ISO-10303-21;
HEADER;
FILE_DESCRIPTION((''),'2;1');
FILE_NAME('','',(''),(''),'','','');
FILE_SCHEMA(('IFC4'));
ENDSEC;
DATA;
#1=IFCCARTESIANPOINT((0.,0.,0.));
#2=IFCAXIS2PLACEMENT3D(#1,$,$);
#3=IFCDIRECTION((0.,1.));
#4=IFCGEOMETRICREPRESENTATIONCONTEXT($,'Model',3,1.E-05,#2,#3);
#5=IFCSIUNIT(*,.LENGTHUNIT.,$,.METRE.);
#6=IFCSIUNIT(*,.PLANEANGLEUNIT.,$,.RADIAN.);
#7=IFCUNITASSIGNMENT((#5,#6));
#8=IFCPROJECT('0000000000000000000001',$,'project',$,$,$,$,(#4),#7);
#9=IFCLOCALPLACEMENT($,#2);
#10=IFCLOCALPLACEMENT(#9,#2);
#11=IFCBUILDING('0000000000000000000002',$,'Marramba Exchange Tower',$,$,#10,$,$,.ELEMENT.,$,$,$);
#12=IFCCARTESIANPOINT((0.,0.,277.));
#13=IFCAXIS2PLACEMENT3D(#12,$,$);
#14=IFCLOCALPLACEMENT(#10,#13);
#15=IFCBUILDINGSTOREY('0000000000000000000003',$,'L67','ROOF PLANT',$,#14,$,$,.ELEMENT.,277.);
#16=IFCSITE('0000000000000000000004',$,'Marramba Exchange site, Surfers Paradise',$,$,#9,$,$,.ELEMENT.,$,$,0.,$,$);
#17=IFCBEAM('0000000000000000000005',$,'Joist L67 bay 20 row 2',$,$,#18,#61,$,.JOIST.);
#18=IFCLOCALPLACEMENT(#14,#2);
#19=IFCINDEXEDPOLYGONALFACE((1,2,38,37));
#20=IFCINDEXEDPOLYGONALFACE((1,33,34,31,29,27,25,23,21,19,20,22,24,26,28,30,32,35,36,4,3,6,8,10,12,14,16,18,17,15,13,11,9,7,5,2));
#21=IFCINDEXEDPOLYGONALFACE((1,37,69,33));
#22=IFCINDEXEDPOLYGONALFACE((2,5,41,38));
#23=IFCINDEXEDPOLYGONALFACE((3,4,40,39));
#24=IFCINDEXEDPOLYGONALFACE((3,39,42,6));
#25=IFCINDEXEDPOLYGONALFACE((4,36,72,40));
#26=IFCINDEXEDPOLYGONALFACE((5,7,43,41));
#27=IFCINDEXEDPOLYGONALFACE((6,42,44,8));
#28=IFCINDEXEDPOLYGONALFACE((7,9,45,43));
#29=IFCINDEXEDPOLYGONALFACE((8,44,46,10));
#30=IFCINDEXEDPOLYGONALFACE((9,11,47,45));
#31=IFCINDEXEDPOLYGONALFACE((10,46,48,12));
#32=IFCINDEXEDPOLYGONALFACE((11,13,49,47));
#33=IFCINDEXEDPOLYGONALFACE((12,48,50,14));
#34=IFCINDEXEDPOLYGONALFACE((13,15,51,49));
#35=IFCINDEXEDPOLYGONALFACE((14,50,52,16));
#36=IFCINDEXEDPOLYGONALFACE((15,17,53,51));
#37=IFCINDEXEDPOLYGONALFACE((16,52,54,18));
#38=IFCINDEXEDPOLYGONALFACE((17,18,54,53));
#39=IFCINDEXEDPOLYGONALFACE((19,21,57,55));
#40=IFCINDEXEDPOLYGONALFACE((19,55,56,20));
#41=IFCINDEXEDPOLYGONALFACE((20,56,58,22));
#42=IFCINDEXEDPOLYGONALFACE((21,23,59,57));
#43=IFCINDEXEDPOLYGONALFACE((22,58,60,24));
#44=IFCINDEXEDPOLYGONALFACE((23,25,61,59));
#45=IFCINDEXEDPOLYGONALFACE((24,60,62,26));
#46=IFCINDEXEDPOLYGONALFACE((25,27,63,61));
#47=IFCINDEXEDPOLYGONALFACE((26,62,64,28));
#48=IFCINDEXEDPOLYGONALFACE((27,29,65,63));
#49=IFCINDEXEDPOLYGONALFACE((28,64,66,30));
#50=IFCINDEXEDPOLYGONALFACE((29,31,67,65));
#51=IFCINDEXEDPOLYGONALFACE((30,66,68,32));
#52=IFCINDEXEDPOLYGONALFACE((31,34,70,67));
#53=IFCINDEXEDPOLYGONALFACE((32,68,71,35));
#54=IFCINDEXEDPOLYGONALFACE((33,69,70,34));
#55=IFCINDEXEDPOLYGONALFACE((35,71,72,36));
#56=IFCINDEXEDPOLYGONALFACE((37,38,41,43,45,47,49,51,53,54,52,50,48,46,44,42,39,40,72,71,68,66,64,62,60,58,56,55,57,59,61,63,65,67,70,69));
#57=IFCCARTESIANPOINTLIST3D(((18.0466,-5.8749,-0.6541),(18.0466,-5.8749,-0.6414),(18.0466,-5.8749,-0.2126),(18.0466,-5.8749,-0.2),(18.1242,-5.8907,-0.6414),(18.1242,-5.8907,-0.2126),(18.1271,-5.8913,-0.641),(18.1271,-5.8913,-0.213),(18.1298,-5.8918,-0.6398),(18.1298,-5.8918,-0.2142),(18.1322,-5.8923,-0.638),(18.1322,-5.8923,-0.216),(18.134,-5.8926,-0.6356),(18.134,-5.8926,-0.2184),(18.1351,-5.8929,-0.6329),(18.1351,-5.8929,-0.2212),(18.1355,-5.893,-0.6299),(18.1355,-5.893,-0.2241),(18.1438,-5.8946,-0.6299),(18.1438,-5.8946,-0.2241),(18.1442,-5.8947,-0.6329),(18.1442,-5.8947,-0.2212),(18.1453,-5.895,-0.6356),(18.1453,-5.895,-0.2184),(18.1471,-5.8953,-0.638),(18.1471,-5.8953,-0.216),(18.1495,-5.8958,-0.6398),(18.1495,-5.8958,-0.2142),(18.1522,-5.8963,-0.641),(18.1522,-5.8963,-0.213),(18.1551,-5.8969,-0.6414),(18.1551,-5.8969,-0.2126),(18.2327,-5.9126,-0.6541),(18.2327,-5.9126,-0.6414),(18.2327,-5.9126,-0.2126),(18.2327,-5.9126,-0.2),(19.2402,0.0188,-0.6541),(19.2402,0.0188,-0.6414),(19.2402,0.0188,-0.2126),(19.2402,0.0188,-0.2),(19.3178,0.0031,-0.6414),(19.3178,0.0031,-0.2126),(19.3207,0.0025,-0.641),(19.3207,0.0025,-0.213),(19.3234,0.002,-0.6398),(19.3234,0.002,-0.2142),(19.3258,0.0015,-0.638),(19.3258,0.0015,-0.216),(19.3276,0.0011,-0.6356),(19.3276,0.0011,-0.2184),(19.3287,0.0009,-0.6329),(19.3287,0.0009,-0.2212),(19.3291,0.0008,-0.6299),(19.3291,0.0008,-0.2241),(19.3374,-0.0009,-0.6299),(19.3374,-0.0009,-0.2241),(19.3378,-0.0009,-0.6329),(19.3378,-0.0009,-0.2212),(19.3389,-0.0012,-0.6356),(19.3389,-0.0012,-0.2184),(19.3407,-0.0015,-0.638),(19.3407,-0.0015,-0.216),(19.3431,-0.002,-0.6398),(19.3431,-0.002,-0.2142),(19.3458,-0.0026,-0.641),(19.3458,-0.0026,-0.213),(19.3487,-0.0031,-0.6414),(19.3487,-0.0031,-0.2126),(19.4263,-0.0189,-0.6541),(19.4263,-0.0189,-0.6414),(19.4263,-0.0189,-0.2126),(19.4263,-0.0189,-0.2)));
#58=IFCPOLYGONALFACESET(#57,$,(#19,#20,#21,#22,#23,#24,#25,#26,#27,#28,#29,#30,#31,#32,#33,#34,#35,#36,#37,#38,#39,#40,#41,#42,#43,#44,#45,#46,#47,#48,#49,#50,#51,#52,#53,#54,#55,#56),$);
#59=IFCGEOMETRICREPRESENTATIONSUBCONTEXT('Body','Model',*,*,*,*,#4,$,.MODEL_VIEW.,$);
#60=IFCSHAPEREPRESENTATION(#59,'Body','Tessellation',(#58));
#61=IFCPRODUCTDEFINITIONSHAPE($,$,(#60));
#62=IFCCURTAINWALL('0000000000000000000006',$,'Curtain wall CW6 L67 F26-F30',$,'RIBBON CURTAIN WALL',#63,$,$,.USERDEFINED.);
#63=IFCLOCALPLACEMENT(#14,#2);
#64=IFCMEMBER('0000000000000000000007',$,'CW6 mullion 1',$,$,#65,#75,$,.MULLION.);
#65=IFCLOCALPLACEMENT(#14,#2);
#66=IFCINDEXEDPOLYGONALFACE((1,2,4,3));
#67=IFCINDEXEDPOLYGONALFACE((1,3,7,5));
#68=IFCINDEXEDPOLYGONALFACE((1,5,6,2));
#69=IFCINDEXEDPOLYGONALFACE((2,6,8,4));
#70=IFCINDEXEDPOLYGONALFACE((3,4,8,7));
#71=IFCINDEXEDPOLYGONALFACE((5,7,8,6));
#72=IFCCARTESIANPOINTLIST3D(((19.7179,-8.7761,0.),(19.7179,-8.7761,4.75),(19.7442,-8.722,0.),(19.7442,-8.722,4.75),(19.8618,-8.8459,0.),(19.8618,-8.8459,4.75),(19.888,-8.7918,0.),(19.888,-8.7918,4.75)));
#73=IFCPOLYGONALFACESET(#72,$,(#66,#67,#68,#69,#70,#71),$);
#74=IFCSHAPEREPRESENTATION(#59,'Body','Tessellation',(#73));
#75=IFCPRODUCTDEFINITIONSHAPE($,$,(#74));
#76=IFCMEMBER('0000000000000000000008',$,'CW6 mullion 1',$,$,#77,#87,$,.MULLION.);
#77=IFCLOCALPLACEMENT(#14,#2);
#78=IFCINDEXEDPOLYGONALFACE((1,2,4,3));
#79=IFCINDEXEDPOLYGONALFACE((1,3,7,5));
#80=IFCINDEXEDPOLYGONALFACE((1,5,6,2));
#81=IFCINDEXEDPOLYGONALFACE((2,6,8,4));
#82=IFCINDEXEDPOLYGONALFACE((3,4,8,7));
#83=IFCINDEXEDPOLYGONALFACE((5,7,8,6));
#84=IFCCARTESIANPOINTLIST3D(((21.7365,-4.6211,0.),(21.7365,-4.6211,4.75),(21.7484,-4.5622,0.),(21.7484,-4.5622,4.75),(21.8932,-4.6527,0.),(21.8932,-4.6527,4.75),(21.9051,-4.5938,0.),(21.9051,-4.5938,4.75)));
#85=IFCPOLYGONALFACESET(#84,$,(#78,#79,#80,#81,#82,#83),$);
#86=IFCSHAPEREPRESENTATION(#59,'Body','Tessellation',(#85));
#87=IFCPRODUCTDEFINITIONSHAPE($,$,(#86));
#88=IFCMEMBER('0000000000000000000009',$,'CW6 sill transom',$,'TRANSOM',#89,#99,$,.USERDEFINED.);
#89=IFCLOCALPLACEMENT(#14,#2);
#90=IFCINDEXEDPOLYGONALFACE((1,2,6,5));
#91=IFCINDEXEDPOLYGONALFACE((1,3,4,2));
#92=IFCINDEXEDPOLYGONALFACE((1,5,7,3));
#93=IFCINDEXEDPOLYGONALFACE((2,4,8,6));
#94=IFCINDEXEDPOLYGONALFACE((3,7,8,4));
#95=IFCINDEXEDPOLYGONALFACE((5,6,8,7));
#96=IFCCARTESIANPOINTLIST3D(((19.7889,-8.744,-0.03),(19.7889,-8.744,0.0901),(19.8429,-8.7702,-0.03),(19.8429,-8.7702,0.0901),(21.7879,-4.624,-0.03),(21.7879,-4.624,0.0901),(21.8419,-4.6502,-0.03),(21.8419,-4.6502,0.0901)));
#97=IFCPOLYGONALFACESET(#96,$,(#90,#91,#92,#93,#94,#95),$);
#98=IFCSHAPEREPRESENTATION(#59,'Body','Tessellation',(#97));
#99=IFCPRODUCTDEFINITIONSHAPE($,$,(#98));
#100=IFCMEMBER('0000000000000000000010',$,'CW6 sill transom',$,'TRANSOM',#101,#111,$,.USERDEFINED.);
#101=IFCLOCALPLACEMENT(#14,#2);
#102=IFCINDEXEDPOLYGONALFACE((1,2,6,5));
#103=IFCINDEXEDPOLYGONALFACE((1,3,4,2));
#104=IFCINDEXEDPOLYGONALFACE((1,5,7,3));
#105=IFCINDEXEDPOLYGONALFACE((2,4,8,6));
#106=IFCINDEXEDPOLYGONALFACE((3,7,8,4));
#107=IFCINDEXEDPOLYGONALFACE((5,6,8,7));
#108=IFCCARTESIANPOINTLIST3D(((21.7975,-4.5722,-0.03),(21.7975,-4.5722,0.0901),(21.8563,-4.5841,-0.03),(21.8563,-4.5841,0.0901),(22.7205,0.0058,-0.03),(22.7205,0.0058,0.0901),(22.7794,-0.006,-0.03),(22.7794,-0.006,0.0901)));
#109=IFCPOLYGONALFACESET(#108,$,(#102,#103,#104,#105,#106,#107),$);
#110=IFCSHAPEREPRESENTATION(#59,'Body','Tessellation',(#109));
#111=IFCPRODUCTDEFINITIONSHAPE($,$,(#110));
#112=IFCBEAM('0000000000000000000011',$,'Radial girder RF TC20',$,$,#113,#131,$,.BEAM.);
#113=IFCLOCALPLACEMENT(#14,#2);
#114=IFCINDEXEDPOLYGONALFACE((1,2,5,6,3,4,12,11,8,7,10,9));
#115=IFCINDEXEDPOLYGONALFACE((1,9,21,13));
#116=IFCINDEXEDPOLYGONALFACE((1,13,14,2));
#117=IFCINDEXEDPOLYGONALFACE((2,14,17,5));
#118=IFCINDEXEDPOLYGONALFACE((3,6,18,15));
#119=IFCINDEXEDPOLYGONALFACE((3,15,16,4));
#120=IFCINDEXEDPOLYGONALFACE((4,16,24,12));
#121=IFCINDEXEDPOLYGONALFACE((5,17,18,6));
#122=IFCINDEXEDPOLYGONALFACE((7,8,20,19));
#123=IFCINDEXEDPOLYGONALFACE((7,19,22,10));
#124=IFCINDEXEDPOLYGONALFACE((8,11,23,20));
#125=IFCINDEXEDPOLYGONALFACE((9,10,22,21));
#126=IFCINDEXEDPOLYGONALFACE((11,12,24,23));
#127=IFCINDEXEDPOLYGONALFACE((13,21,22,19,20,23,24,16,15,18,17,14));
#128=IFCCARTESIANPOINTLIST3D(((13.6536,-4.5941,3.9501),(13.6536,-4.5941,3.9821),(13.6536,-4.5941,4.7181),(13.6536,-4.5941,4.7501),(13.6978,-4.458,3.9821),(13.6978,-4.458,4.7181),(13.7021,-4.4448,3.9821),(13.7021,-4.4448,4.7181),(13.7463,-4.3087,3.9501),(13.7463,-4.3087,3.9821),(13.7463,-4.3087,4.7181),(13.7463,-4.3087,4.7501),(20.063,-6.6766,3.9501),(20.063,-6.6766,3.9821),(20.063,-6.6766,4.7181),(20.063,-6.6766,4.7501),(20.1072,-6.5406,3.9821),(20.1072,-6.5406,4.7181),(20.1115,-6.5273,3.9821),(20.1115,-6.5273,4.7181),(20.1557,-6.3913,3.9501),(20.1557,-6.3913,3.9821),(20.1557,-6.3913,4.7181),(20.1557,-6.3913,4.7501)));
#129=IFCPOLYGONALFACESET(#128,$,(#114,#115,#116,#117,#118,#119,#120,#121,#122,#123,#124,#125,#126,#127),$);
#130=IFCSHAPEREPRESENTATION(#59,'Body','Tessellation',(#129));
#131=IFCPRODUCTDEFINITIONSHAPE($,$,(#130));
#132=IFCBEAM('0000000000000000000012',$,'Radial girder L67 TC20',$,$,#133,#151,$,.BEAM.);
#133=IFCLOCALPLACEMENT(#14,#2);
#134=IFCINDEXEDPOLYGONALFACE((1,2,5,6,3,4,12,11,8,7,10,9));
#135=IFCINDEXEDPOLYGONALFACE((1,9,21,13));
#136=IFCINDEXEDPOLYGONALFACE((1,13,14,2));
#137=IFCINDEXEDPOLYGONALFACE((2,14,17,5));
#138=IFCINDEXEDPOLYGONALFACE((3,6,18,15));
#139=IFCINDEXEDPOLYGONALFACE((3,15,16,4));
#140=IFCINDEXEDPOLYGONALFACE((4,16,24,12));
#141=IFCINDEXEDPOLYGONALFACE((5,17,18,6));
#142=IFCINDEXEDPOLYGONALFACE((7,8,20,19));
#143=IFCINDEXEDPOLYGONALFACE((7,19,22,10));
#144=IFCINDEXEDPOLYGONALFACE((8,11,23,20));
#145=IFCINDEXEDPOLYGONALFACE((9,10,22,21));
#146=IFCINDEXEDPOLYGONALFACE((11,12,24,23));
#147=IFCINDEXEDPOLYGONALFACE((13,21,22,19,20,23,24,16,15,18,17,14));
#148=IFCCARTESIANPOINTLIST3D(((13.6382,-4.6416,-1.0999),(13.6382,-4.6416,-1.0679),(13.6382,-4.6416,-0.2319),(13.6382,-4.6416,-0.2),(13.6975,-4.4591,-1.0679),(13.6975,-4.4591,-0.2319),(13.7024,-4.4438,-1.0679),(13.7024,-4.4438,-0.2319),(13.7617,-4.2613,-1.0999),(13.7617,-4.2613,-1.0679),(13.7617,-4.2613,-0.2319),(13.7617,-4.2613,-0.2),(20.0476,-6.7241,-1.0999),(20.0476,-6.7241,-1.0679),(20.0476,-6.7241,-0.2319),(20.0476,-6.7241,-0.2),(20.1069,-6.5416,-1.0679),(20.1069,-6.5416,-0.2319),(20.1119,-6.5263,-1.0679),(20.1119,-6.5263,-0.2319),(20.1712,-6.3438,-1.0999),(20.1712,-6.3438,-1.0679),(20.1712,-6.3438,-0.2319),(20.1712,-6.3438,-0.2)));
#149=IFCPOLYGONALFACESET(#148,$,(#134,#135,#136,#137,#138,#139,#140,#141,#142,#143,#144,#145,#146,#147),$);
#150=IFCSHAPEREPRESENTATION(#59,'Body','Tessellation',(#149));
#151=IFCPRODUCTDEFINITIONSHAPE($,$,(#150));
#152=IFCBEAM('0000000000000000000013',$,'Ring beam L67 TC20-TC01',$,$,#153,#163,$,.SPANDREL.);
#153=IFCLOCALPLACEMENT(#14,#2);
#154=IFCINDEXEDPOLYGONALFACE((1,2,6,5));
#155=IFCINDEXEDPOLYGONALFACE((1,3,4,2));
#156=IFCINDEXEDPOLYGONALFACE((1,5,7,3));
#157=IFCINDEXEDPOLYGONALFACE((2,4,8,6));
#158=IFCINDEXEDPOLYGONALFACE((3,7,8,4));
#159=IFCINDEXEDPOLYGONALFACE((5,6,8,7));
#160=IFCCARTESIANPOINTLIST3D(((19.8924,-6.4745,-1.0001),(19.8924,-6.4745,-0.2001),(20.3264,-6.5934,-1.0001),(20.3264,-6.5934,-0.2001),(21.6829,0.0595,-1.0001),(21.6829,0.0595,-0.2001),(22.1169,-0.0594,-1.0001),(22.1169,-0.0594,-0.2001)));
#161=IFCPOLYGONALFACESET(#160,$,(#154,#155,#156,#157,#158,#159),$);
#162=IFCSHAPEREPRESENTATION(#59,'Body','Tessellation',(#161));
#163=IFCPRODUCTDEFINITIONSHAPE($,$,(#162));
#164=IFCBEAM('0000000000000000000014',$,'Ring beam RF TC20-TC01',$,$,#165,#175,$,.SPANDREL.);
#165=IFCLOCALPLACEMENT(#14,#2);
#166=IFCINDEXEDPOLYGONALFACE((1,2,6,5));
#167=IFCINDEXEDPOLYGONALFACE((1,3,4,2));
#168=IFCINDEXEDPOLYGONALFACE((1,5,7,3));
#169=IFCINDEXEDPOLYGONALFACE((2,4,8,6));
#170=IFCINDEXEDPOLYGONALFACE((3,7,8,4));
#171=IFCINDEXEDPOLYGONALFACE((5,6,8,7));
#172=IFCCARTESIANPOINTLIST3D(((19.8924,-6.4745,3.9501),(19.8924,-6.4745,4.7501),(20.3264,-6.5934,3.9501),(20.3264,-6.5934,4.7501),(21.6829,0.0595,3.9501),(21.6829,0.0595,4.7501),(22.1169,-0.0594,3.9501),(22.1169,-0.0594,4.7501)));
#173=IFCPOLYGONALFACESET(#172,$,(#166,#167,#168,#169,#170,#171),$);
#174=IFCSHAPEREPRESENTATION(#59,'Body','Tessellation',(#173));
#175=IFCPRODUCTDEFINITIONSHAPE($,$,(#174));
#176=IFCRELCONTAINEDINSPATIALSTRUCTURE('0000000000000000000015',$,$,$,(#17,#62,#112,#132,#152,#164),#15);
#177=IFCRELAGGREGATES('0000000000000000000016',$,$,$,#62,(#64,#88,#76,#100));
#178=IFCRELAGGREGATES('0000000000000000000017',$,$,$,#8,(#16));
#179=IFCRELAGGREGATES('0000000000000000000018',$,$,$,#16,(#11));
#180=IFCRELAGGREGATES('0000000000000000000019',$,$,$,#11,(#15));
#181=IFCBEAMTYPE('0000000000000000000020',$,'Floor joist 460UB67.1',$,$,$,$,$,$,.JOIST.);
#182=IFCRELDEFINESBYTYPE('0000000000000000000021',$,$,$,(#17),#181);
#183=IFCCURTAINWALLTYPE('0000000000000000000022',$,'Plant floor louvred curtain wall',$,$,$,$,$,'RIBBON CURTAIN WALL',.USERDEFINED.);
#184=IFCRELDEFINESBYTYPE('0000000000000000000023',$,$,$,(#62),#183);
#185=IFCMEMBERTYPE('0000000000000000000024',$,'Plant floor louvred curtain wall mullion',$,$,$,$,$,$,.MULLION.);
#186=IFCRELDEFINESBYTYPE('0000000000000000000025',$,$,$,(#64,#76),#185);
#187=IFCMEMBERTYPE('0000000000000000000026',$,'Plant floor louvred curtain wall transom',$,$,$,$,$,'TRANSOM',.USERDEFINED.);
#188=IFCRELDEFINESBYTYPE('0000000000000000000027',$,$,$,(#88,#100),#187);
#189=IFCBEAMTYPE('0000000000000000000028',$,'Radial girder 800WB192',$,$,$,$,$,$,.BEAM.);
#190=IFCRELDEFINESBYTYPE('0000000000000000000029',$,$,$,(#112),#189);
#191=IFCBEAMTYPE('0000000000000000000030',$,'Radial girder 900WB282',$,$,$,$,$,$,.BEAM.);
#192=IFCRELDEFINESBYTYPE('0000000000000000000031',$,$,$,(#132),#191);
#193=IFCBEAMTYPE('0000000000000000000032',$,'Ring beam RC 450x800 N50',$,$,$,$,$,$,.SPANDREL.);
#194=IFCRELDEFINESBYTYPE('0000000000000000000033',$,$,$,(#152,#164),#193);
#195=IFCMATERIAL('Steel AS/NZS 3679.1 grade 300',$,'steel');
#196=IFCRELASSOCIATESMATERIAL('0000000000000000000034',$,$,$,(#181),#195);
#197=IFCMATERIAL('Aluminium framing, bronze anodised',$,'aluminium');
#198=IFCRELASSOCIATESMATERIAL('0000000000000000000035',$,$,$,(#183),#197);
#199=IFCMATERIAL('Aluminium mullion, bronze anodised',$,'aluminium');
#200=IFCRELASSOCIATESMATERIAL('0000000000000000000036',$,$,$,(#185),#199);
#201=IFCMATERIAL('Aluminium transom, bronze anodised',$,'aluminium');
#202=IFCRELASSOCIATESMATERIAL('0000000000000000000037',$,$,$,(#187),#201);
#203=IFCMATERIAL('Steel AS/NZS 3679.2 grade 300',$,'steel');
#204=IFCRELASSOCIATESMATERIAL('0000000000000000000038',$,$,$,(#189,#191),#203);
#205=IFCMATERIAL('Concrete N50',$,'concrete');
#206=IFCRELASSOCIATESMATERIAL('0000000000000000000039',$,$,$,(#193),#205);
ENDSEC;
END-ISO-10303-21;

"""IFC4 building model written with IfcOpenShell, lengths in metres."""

from ifc_helpers import new_model, si_unit, direction, frame, origin, origin_2d, place, context, subcontext, project, spatial, rectangle, i_section, extrude, material, material_profile, profile_set, type_object, element, aggregate, save


model = new_model("IFC4")

# Units and contexts
model_context = context("Model", 3, precision=1e-05, world=origin(), true_north=direction((0.0, 1.0)))
body_context = subcontext(model_context, "Body", "Model", "MODEL_VIEW")
ifc_project = project(units=[si_unit("LENGTHUNIT", "METRE"), si_unit("PLANEANGLEUNIT", "RADIAN")], contexts=[model_context])

# Site, building, storey
site_placement = place(None, origin())
site = spatial("IfcSite", under=ifc_project, at=site_placement, Name="Marramba Exchange site, Surfers Paradise", CompositionType="ELEMENT", RefElevation=0.0)
building_placement = place(site_placement, origin())
building = spatial("IfcBuilding", under=site, at=building_placement, Name="Marramba Exchange Tower", CompositionType="ELEMENT")
storey_placement = place(building_placement, frame((0.0, 0.0, 277.0)))
storey = spatial("IfcBuildingStorey", under=building, at=storey_placement, Name="L67", Description="ROOF PLANT", CompositionType="ELEMENT", Elevation=277.0)

# Shared definitions
ifc_material_1 = material(Name="Concrete N50", Category="concrete")

# Beam
ifc_material_2 = material(Name="Steel AS/NZS 3679.1 grade 300", Category="steel")
ifc_material_profile_1 = material_profile(ifc_material_2, i_section(OverallWidth=0.1899, OverallDepth=0.4541, WebThickness=0.0085, FlangeThickness=0.0127, FilletRadius=0.0115, at=origin_2d()), Name="460UB67.1")
ifc_profile_set_1 = profile_set([ifc_material_profile_1], Name="Steel AS/NZS 3679.1 grade 300")
beam_type_1 = type_object("IfcBeamType", Name="Floor joist 460UB67.1", PredefinedType="JOIST", material=ifc_profile_set_1)
beam_1_placement = place(storey_placement, frame((18.1396, -5.8938, -0.427), z_axis=(0.198489, 0.980103, 0.0), x_axis=(-0.980103, 0.198489, 0.0)))
element("IfcBeam", 1, at=beam_1_placement, inside=storey, type_object=beam_type_1, Name="Joist L67 bay 20 row 2", PredefinedType="JOIST", context=body_context, shape_type="SweptSolid", body=[
    extrude(i_section(OverallWidth=0.1899, OverallDepth=0.4541, WebThickness=0.0085, FlangeThickness=0.0127, FilletRadius=0.0115, at=origin_2d()), origin(), (0.0, 0.0, 1.0), 6.0134),
])

# Curtain wall, members
ifc_material_3 = material(Name="Aluminium framing, bronze anodised", Category="aluminium")
curtain_wall_type = type_object("IfcCurtainWallType", Name="Plant floor louvred curtain wall", ElementType="RIBBON CURTAIN WALL", PredefinedType="USERDEFINED", material=ifc_material_3)
curtain_wall_placement = place(storey_placement, origin())
curtain_wall = element("IfcCurtainWall", 2, at=curtain_wall_placement, inside=storey, type_object=curtain_wall_type, Name="Curtain wall CW6 L67 F26-F30", ObjectType="RIBBON CURTAIN WALL", PredefinedType="USERDEFINED")
ifc_material_4 = material(Name="Aluminium mullion, bronze anodised", Category="aluminium")
ifc_material_profile_2 = material_profile(ifc_material_4, rectangle(XDim=0.1599, YDim=0.0601, at=origin_2d()), Name="CW6 mullion 60x160")
ifc_profile_set_2 = profile_set([ifc_material_profile_2], Name="Aluminium mullion, bronze anodised")
member_type_1 = type_object("IfcMemberType", Name="Plant floor louvred curtain wall mullion", PredefinedType="MULLION", material=ifc_profile_set_2)
member_1_placement = place(storey_placement, frame((19.803, -8.7839, 0.0), z_axis=(0.0, 0.0, 1.0), x_axis=(-0.899697, 0.436515, 0.0)))
member_1 = element("IfcMember", 3, at=member_1_placement, type_object=member_type_1, Name="CW6 mullion 1", PredefinedType="MULLION", context=body_context, shape_type="SweptSolid", body=[
    extrude(rectangle(XDim=0.1599, YDim=0.0601, at=origin_2d()), origin(), (0.0, 0.0, 1.0), 4.75),
])
member_2_placement = place(storey_placement, frame((21.8208, -4.6074, 0.0), z_axis=(0.0, 0.0, 1.0), x_axis=(-0.980269, 0.197671, 0.0)))
member_2 = element("IfcMember", 4, at=member_2_placement, type_object=member_type_1, Name="CW6 mullion 1", PredefinedType="MULLION", context=body_context, shape_type="SweptSolid", body=[
    extrude(rectangle(XDim=0.1599, YDim=0.0601, at=origin_2d()), origin(), (0.0, 0.0, 1.0), 4.75),
])
ifc_material_5 = material(Name="Aluminium transom, bronze anodised", Category="aluminium")
ifc_material_profile_3 = material_profile(ifc_material_5, rectangle(XDim=0.0601, YDim=0.1201, at=origin_2d()), Name="CW6 transom 60x120")
ifc_profile_set_3 = profile_set([ifc_material_profile_3], Name="Aluminium transom, bronze anodised")
member_type_2 = type_object("IfcMemberType", Name="Plant floor louvred curtain wall transom", ElementType="TRANSOM", PredefinedType="USERDEFINED", material=ifc_profile_set_3)
member_3_placement = place(storey_placement, frame((19.8159, -8.7571, 0.03), z_axis=(0.436519, 0.899695, 0.0), x_axis=(-0.899695, 0.436519, 0.0)))
member_3 = element("IfcMember", 5, at=member_3_placement, type_object=member_type_2, Name="CW6 sill transom", ObjectType="TRANSOM", PredefinedType="USERDEFINED", context=body_context, shape_type="SweptSolid", body=[
    extrude(rectangle(XDim=0.0601, YDim=0.1201, at=origin_2d()), origin(), (0.0, 0.0, 1.0), 4.5793),
])
member_4_placement = place(storey_placement, frame((21.8269, -4.5781, 0.03), z_axis=(0.197654, 0.980272, 0.0), x_axis=(-0.980272, 0.197654, 0.0)))
member_4 = element("IfcMember", 6, at=member_4_placement, type_object=member_type_2, Name="CW6 sill transom", ObjectType="TRANSOM", PredefinedType="USERDEFINED", context=body_context, shape_type="SweptSolid", body=[
    extrude(rectangle(XDim=0.0601, YDim=0.1201, at=origin_2d()), origin(), (0.0, 0.0, 1.0), 4.6702),
])

# Beams
ifc_material_6 = material(Name="Steel AS/NZS 3679.2 grade 300", Category="steel")
ifc_material_profile_4 = material_profile(ifc_material_6, i_section(OverallWidth=0.3, OverallDepth=0.8, WebThickness=0.0139, FlangeThickness=0.032, at=origin_2d()), Name="800WB192")
ifc_profile_set_4 = profile_set([ifc_material_profile_4], Name="Steel AS/NZS 3679.2 grade 300")
beam_type_2 = type_object("IfcBeamType", Name="Radial girder 800WB192", PredefinedType="BEAM", material=ifc_profile_set_4)
beam_2_placement = place(storey_placement, frame((13.7, -4.4514, 4.3501), z_axis=(0.951058, -0.309013, 0.0), x_axis=(0.309013, 0.951058, 0.0)))
element("IfcBeam", 7, at=beam_2_placement, inside=storey, type_object=beam_type_2, Name="Radial girder RF TC20", PredefinedType="BEAM", context=body_context, shape_type="SweptSolid", body=[
    extrude(i_section(OverallWidth=0.3, OverallDepth=0.8, WebThickness=0.0139, FlangeThickness=0.032, at=origin_2d()), origin(), (0.0, 0.0, 1.0), 6.7393),
])
ifc_material_profile_5 = material_profile(ifc_material_6, i_section(OverallWidth=0.3999, OverallDepth=0.8999, WebThickness=0.0161, FlangeThickness=0.032, at=origin_2d()), Name="900WB282")
ifc_profile_set_5 = profile_set([ifc_material_profile_5], Name="Steel AS/NZS 3679.2 grade 300")
beam_type_3 = type_object("IfcBeamType", Name="Radial girder 900WB282", PredefinedType="BEAM", material=ifc_profile_set_5)
beam_3_placement = place(storey_placement, frame((13.7, -4.4514, -0.6499), z_axis=(0.951058, -0.309013, 0.0), x_axis=(0.309013, 0.951058, 0.0)))
element("IfcBeam", 8, at=beam_3_placement, inside=storey, type_object=beam_type_3, Name="Radial girder L67 TC20", PredefinedType="BEAM", context=body_context, shape_type="SweptSolid", body=[
    extrude(i_section(OverallWidth=0.3999, OverallDepth=0.8999, WebThickness=0.0161, FlangeThickness=0.032, at=origin_2d()), origin(), (0.0, 0.0, 1.0), 6.7393),
])
ifc_material_profile_6 = material_profile(ifc_material_1, rectangle(XDim=0.45, YDim=0.8, at=origin_2d()), Name="RC 450x800")
ifc_profile_set_6 = profile_set([ifc_material_profile_6], Name="Concrete N50")
beam_type_4 = type_object("IfcBeamType", Name="Ring beam RC 450x800 N50", PredefinedType="SPANDREL", material=ifc_profile_set_6)
for number, where, z_axis, x_axis, name in (
    (9, (20.1094, -6.5339, -0.6001), (0.264291, 0.964443, 0.0), (-0.964443, 0.264291, 0.0), "Ring beam L67 TC20-TC01"),
    (10, (20.1094, -6.5339, 4.3501), (0.264291, 0.964443, 0.0), (-0.964443, 0.264291, 0.0), "Ring beam RF TC20-TC01"),
):
    element("IfcBeam", number, at=place(storey_placement, frame(where, z_axis=z_axis, x_axis=x_axis)), inside=storey, type_object=beam_type_4, Name=name, PredefinedType="SPANDREL", context=body_context, shape_type="SweptSolid", body=[
        extrude(rectangle(XDim=0.45, YDim=0.8, at=origin_2d()), origin(), (0.0, 0.0, 1.0), 6.7749),
    ])

aggregate(curtain_wall, [member_1, member_3, member_2, member_4])

save(model, "model.ifc")
